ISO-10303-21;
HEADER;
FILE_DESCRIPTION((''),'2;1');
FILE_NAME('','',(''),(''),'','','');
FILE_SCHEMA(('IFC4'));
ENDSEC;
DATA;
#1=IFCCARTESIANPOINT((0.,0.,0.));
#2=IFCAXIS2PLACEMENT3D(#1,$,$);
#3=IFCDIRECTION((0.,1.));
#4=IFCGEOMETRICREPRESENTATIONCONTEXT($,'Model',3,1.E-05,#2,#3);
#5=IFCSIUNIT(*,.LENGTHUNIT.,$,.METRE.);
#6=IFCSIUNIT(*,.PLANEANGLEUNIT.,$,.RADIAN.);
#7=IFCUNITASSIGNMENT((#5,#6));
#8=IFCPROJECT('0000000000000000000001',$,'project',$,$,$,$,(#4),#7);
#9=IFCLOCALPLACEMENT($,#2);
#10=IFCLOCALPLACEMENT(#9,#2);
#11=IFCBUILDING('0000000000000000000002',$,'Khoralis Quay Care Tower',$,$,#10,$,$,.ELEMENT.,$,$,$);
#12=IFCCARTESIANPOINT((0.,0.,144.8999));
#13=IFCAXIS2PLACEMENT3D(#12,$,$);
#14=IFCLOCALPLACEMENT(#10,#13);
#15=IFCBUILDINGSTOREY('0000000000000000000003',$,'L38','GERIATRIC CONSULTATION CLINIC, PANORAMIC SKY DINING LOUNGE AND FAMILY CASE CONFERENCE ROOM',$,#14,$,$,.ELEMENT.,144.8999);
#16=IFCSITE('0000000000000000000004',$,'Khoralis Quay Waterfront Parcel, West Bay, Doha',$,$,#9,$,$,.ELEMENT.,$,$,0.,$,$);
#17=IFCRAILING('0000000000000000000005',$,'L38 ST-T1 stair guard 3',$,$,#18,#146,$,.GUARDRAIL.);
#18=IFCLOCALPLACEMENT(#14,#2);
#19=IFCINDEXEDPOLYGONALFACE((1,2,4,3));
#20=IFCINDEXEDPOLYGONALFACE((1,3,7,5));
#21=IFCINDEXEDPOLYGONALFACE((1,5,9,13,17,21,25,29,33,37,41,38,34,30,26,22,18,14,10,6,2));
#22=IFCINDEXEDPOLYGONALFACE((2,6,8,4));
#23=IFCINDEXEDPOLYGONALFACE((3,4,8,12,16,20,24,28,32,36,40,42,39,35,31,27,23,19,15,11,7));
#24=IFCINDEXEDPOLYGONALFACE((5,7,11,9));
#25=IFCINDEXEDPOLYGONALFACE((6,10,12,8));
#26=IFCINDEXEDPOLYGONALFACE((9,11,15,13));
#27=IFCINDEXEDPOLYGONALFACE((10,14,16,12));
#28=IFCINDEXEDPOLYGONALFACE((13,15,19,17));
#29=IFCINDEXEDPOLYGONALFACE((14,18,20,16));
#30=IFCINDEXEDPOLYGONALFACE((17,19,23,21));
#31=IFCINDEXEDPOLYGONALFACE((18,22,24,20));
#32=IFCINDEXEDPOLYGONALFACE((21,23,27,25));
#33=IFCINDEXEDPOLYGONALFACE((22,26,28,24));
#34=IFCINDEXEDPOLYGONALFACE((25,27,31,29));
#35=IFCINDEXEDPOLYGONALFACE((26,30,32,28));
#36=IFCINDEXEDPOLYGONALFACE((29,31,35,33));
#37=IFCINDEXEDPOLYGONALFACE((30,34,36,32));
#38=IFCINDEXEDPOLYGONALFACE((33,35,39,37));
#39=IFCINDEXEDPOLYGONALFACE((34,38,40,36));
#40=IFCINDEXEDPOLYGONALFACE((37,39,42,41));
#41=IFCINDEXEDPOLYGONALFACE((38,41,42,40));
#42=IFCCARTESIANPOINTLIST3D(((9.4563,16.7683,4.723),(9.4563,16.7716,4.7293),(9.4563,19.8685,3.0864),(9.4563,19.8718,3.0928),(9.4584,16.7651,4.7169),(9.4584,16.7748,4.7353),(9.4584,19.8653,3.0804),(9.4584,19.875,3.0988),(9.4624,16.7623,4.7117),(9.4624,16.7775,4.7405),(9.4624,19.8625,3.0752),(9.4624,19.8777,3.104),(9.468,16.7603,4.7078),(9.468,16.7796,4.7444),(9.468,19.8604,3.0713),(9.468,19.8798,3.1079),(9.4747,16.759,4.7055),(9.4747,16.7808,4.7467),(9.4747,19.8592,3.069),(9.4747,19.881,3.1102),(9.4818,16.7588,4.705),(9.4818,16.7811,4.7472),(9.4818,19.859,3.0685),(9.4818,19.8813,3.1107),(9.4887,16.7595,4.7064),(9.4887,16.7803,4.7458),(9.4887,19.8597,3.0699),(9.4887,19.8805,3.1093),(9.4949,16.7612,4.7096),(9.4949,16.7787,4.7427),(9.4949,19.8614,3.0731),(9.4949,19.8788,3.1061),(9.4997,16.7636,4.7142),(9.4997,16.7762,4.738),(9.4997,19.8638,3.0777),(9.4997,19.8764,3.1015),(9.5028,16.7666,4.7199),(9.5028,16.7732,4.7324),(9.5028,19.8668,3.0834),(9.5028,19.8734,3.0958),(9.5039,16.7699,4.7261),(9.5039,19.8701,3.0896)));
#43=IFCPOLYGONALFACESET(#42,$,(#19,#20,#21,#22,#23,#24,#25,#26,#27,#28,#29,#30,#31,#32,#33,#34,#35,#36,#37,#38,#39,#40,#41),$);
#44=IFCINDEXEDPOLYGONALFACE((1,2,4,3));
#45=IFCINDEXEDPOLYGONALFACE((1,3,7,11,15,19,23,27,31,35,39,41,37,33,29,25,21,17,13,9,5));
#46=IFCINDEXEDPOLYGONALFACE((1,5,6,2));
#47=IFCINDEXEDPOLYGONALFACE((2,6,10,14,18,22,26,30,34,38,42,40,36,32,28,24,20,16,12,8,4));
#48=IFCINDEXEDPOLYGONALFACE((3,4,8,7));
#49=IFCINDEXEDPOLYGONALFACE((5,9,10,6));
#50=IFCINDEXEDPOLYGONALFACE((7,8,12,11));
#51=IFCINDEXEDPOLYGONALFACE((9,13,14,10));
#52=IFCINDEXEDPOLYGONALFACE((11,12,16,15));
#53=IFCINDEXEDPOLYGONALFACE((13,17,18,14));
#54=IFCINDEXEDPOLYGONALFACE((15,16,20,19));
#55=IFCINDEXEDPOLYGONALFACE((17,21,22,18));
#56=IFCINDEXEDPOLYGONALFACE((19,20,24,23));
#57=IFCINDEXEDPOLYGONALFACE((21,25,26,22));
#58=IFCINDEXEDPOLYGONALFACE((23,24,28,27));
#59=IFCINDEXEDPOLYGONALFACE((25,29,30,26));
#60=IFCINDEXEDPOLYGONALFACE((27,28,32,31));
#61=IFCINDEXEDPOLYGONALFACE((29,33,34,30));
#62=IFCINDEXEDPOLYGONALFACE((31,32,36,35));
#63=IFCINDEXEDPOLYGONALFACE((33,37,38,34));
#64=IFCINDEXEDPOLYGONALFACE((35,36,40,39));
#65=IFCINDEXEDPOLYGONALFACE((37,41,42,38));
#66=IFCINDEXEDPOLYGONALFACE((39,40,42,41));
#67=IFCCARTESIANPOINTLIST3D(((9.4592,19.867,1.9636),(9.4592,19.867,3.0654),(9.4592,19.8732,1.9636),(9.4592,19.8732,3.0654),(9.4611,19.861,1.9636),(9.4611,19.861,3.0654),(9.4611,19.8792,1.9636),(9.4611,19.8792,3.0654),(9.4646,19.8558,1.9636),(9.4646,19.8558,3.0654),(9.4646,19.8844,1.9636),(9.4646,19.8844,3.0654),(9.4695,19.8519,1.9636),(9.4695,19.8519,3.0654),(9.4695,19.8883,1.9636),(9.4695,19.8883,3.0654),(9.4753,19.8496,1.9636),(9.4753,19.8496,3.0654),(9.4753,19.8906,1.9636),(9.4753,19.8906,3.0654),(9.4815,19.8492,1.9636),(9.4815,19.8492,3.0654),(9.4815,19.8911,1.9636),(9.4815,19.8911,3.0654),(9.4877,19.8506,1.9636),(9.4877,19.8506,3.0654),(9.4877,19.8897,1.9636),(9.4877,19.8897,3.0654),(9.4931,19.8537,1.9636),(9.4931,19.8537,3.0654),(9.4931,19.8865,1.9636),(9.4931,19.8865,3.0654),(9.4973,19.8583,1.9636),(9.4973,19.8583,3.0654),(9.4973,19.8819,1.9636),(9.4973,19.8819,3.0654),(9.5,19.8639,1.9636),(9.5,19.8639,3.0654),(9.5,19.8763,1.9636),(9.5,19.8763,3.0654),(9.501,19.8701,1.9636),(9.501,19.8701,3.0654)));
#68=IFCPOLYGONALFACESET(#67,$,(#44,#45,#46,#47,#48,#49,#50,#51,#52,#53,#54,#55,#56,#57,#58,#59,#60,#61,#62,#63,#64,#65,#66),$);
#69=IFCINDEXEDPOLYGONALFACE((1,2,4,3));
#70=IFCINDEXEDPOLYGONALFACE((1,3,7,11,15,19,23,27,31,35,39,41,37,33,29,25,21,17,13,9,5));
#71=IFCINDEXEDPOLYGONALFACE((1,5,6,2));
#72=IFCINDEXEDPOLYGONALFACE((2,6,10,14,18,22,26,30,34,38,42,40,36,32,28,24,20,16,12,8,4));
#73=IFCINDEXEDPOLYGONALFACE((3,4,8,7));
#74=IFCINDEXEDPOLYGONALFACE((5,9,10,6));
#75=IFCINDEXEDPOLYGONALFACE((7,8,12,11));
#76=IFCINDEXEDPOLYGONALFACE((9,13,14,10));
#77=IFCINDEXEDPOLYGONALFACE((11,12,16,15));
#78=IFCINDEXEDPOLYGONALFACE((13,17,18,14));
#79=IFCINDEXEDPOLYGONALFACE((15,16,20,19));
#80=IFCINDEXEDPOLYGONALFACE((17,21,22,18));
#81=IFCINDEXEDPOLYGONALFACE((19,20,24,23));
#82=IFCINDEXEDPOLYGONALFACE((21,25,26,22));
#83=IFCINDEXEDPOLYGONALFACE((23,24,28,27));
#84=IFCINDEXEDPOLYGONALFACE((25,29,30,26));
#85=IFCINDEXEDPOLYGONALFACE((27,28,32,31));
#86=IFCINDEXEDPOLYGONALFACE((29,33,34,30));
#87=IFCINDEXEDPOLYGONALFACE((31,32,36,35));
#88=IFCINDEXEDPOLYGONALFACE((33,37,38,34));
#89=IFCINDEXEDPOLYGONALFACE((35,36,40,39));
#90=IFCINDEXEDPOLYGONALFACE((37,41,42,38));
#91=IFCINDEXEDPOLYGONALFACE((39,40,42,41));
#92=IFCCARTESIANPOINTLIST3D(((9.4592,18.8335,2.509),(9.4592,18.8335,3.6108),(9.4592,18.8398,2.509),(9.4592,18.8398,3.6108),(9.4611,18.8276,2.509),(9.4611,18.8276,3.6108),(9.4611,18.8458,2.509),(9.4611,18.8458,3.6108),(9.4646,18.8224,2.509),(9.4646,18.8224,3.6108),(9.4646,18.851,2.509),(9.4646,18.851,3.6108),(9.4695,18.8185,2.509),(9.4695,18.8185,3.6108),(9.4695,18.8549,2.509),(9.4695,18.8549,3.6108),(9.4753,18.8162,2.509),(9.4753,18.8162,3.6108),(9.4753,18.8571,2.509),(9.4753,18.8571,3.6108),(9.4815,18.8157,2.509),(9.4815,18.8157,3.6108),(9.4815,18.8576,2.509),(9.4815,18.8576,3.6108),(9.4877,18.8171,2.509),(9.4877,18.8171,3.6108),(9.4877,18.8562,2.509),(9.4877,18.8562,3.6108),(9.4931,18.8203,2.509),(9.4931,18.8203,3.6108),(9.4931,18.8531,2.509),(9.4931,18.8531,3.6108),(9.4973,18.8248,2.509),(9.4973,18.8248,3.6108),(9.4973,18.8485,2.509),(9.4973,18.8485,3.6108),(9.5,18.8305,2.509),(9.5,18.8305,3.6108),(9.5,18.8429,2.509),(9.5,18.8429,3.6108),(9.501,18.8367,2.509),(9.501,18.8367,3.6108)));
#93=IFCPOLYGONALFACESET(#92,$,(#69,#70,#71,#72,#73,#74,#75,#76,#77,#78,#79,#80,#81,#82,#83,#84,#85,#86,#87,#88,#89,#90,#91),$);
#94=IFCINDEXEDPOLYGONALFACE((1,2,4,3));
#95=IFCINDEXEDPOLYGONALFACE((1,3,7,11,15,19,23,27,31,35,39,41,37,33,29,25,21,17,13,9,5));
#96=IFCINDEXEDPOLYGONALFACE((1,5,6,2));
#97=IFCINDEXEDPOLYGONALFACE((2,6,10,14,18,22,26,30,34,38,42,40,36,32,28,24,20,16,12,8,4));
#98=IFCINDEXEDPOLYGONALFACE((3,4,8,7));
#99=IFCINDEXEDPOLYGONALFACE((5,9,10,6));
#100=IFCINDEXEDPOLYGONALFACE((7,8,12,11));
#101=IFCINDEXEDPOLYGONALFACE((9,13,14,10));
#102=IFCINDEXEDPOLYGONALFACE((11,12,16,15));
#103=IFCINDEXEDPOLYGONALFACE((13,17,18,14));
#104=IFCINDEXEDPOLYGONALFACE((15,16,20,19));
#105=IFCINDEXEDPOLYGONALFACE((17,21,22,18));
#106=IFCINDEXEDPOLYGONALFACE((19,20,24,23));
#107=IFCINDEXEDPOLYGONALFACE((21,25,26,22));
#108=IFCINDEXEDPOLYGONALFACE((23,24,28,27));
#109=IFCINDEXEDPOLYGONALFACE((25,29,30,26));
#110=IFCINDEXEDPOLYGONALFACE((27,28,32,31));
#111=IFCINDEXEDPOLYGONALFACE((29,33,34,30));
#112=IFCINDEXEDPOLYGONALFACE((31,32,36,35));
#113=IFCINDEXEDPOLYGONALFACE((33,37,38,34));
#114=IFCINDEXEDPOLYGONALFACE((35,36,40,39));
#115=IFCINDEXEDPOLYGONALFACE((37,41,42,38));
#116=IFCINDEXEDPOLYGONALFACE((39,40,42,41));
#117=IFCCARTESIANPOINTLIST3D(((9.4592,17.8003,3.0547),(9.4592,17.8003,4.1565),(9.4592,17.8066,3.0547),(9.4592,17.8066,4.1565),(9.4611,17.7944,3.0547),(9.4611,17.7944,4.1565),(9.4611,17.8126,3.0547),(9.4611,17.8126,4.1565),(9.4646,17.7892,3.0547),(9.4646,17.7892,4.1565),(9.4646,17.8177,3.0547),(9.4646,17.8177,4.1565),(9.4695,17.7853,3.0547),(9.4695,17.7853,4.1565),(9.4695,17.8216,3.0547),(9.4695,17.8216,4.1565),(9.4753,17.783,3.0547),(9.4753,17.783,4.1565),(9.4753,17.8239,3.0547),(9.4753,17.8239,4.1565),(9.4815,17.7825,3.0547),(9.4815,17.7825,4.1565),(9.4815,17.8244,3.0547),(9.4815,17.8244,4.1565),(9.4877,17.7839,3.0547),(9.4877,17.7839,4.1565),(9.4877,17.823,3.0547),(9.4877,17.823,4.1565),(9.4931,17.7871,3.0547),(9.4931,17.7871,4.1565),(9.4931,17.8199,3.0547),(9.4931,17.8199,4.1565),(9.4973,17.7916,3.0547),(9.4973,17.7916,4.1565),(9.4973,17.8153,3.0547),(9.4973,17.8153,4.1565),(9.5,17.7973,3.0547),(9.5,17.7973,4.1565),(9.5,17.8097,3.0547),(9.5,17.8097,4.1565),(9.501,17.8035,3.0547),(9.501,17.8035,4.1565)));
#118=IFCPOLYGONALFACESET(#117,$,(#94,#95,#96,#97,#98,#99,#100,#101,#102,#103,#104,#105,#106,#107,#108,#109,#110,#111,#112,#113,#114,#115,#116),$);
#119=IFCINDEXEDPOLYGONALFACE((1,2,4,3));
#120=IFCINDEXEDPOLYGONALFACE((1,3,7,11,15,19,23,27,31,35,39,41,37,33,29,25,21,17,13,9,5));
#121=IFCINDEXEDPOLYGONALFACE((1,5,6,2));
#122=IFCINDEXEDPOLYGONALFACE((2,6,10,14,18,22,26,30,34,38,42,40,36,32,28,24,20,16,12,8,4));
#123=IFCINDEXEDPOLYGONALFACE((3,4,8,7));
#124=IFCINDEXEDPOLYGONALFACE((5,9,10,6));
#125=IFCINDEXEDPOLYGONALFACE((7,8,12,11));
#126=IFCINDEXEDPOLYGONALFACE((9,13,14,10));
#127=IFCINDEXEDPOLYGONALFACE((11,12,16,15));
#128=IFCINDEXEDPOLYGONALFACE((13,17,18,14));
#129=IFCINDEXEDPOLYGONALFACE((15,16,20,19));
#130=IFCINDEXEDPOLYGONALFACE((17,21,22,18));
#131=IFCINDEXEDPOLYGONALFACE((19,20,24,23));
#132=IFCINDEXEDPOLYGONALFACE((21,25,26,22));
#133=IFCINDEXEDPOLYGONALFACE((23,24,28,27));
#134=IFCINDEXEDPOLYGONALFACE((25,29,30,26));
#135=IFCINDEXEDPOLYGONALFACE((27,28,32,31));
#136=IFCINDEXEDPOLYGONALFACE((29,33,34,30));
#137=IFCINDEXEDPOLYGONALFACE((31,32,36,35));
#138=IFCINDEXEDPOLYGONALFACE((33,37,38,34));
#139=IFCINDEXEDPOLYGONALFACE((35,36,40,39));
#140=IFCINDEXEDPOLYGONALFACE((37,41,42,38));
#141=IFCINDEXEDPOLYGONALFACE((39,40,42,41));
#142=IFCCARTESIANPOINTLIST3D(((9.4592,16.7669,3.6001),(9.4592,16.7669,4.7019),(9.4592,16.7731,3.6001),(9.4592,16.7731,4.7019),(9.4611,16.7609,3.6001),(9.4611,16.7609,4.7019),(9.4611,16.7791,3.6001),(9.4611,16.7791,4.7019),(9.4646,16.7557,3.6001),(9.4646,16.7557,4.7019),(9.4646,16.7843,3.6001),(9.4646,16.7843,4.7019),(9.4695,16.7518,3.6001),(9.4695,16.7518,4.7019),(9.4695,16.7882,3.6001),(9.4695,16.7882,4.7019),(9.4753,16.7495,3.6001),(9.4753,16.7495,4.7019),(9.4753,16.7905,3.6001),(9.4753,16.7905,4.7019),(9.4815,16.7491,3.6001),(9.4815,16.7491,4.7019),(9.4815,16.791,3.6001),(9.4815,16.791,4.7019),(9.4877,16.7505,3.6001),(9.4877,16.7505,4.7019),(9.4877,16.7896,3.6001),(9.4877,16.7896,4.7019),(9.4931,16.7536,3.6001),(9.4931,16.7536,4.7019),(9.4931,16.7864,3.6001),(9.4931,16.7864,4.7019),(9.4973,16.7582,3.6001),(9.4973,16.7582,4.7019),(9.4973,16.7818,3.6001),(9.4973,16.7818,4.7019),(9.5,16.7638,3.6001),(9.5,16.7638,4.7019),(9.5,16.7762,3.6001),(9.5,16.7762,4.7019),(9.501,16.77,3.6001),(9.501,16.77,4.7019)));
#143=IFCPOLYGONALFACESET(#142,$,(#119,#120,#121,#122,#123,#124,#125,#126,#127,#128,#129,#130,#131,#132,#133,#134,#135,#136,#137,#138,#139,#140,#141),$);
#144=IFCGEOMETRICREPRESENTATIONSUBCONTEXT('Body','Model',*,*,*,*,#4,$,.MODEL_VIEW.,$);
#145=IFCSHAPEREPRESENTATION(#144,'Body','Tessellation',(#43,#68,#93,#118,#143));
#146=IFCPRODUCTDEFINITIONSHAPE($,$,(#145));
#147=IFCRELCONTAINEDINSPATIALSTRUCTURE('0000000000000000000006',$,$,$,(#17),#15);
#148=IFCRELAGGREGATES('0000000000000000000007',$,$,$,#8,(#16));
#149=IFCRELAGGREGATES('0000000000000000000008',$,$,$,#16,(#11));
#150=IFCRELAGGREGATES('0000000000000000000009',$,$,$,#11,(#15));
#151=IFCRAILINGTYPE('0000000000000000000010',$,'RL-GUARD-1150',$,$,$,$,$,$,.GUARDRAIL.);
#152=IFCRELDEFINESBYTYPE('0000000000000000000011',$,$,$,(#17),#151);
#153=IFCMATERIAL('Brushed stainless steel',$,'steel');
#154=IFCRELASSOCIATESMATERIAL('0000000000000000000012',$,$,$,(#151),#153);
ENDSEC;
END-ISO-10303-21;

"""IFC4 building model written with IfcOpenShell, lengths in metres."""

from ifc_helpers import new_model, si_unit, direction, frame, origin, origin_2d, place, context, subcontext, project, spatial, circle, extrude, material, type_object, element, save


model = new_model("IFC4")

# Units and contexts
model_context = context("Model", 3, precision=1e-05, world=origin(), true_north=direction((0.0, 1.0)))
body_context = subcontext(model_context, "Body", "Model", "MODEL_VIEW")
ifc_project = project(units=[si_unit("LENGTHUNIT", "METRE"), si_unit("PLANEANGLEUNIT", "RADIAN")], contexts=[model_context])

# Site, building, storey
site_placement = place(None, origin())
site = spatial("IfcSite", under=ifc_project, at=site_placement, Name="Khoralis Quay Waterfront Parcel, West Bay, Doha", CompositionType="ELEMENT", RefElevation=0.0)
building_placement = place(site_placement, origin())
building = spatial("IfcBuilding", under=site, at=building_placement, Name="Khoralis Quay Care Tower", CompositionType="ELEMENT")
storey_placement = place(building_placement, frame((0.0, 0.0, 144.8999)))
storey = spatial("IfcBuildingStorey", under=building, at=storey_placement, Name="L38", Description="GERIATRIC CONSULTATION CLINIC, PANORAMIC SKY DINING LOUNGE AND FAMILY CASE CONFERENCE ROOM", CompositionType="ELEMENT", Elevation=144.8999)

# Shared definitions
ifc_material_1 = material(Name="Brushed stainless steel", Category="steel")

# Railing
railing_type_1 = type_object("IfcRailingType", Name="RL-GUARD-1150", PredefinedType="GUARDRAIL", material=ifc_material_1)
railing_1_placement = place(storey_placement, frame((9.48, 19.8701, 1.9636)))
element("IfcRailing", 1, at=railing_1_placement, inside=storey, type_object=railing_type_1, Name="L38 ST-T1 stair guard 3", PredefinedType="GUARDRAIL", context=body_context, shape_type="SweptSolid", body=[
    extrude(circle(Radius=0.0239, at=origin_2d()), frame((0.0, 0.0, 1.126), z_axis=(0.0, -0.884348, 0.466828), x_axis=(1.0, 0.0, 0.0)), (0.0, 0.0, 1.0), 3.5056),
    extrude(circle(Radius=0.021, at=origin_2d()), origin(), (0.0, 0.0, 1.0), 1.1018),
    extrude(circle(Radius=0.021, at=origin_2d()), frame((0.0, -1.0334, 0.5454)), (0.0, 0.0, 1.0), 1.1018),
    extrude(circle(Radius=0.021, at=origin_2d()), frame((0.0, -2.0667, 1.0911)), (0.0, 0.0, 1.0), 1.1018),
    extrude(circle(Radius=0.021, at=origin_2d()), frame((0.0, -3.1001, 1.6365)), (0.0, 0.0, 1.0), 1.1018),
])

save(model, "model.ifc")
